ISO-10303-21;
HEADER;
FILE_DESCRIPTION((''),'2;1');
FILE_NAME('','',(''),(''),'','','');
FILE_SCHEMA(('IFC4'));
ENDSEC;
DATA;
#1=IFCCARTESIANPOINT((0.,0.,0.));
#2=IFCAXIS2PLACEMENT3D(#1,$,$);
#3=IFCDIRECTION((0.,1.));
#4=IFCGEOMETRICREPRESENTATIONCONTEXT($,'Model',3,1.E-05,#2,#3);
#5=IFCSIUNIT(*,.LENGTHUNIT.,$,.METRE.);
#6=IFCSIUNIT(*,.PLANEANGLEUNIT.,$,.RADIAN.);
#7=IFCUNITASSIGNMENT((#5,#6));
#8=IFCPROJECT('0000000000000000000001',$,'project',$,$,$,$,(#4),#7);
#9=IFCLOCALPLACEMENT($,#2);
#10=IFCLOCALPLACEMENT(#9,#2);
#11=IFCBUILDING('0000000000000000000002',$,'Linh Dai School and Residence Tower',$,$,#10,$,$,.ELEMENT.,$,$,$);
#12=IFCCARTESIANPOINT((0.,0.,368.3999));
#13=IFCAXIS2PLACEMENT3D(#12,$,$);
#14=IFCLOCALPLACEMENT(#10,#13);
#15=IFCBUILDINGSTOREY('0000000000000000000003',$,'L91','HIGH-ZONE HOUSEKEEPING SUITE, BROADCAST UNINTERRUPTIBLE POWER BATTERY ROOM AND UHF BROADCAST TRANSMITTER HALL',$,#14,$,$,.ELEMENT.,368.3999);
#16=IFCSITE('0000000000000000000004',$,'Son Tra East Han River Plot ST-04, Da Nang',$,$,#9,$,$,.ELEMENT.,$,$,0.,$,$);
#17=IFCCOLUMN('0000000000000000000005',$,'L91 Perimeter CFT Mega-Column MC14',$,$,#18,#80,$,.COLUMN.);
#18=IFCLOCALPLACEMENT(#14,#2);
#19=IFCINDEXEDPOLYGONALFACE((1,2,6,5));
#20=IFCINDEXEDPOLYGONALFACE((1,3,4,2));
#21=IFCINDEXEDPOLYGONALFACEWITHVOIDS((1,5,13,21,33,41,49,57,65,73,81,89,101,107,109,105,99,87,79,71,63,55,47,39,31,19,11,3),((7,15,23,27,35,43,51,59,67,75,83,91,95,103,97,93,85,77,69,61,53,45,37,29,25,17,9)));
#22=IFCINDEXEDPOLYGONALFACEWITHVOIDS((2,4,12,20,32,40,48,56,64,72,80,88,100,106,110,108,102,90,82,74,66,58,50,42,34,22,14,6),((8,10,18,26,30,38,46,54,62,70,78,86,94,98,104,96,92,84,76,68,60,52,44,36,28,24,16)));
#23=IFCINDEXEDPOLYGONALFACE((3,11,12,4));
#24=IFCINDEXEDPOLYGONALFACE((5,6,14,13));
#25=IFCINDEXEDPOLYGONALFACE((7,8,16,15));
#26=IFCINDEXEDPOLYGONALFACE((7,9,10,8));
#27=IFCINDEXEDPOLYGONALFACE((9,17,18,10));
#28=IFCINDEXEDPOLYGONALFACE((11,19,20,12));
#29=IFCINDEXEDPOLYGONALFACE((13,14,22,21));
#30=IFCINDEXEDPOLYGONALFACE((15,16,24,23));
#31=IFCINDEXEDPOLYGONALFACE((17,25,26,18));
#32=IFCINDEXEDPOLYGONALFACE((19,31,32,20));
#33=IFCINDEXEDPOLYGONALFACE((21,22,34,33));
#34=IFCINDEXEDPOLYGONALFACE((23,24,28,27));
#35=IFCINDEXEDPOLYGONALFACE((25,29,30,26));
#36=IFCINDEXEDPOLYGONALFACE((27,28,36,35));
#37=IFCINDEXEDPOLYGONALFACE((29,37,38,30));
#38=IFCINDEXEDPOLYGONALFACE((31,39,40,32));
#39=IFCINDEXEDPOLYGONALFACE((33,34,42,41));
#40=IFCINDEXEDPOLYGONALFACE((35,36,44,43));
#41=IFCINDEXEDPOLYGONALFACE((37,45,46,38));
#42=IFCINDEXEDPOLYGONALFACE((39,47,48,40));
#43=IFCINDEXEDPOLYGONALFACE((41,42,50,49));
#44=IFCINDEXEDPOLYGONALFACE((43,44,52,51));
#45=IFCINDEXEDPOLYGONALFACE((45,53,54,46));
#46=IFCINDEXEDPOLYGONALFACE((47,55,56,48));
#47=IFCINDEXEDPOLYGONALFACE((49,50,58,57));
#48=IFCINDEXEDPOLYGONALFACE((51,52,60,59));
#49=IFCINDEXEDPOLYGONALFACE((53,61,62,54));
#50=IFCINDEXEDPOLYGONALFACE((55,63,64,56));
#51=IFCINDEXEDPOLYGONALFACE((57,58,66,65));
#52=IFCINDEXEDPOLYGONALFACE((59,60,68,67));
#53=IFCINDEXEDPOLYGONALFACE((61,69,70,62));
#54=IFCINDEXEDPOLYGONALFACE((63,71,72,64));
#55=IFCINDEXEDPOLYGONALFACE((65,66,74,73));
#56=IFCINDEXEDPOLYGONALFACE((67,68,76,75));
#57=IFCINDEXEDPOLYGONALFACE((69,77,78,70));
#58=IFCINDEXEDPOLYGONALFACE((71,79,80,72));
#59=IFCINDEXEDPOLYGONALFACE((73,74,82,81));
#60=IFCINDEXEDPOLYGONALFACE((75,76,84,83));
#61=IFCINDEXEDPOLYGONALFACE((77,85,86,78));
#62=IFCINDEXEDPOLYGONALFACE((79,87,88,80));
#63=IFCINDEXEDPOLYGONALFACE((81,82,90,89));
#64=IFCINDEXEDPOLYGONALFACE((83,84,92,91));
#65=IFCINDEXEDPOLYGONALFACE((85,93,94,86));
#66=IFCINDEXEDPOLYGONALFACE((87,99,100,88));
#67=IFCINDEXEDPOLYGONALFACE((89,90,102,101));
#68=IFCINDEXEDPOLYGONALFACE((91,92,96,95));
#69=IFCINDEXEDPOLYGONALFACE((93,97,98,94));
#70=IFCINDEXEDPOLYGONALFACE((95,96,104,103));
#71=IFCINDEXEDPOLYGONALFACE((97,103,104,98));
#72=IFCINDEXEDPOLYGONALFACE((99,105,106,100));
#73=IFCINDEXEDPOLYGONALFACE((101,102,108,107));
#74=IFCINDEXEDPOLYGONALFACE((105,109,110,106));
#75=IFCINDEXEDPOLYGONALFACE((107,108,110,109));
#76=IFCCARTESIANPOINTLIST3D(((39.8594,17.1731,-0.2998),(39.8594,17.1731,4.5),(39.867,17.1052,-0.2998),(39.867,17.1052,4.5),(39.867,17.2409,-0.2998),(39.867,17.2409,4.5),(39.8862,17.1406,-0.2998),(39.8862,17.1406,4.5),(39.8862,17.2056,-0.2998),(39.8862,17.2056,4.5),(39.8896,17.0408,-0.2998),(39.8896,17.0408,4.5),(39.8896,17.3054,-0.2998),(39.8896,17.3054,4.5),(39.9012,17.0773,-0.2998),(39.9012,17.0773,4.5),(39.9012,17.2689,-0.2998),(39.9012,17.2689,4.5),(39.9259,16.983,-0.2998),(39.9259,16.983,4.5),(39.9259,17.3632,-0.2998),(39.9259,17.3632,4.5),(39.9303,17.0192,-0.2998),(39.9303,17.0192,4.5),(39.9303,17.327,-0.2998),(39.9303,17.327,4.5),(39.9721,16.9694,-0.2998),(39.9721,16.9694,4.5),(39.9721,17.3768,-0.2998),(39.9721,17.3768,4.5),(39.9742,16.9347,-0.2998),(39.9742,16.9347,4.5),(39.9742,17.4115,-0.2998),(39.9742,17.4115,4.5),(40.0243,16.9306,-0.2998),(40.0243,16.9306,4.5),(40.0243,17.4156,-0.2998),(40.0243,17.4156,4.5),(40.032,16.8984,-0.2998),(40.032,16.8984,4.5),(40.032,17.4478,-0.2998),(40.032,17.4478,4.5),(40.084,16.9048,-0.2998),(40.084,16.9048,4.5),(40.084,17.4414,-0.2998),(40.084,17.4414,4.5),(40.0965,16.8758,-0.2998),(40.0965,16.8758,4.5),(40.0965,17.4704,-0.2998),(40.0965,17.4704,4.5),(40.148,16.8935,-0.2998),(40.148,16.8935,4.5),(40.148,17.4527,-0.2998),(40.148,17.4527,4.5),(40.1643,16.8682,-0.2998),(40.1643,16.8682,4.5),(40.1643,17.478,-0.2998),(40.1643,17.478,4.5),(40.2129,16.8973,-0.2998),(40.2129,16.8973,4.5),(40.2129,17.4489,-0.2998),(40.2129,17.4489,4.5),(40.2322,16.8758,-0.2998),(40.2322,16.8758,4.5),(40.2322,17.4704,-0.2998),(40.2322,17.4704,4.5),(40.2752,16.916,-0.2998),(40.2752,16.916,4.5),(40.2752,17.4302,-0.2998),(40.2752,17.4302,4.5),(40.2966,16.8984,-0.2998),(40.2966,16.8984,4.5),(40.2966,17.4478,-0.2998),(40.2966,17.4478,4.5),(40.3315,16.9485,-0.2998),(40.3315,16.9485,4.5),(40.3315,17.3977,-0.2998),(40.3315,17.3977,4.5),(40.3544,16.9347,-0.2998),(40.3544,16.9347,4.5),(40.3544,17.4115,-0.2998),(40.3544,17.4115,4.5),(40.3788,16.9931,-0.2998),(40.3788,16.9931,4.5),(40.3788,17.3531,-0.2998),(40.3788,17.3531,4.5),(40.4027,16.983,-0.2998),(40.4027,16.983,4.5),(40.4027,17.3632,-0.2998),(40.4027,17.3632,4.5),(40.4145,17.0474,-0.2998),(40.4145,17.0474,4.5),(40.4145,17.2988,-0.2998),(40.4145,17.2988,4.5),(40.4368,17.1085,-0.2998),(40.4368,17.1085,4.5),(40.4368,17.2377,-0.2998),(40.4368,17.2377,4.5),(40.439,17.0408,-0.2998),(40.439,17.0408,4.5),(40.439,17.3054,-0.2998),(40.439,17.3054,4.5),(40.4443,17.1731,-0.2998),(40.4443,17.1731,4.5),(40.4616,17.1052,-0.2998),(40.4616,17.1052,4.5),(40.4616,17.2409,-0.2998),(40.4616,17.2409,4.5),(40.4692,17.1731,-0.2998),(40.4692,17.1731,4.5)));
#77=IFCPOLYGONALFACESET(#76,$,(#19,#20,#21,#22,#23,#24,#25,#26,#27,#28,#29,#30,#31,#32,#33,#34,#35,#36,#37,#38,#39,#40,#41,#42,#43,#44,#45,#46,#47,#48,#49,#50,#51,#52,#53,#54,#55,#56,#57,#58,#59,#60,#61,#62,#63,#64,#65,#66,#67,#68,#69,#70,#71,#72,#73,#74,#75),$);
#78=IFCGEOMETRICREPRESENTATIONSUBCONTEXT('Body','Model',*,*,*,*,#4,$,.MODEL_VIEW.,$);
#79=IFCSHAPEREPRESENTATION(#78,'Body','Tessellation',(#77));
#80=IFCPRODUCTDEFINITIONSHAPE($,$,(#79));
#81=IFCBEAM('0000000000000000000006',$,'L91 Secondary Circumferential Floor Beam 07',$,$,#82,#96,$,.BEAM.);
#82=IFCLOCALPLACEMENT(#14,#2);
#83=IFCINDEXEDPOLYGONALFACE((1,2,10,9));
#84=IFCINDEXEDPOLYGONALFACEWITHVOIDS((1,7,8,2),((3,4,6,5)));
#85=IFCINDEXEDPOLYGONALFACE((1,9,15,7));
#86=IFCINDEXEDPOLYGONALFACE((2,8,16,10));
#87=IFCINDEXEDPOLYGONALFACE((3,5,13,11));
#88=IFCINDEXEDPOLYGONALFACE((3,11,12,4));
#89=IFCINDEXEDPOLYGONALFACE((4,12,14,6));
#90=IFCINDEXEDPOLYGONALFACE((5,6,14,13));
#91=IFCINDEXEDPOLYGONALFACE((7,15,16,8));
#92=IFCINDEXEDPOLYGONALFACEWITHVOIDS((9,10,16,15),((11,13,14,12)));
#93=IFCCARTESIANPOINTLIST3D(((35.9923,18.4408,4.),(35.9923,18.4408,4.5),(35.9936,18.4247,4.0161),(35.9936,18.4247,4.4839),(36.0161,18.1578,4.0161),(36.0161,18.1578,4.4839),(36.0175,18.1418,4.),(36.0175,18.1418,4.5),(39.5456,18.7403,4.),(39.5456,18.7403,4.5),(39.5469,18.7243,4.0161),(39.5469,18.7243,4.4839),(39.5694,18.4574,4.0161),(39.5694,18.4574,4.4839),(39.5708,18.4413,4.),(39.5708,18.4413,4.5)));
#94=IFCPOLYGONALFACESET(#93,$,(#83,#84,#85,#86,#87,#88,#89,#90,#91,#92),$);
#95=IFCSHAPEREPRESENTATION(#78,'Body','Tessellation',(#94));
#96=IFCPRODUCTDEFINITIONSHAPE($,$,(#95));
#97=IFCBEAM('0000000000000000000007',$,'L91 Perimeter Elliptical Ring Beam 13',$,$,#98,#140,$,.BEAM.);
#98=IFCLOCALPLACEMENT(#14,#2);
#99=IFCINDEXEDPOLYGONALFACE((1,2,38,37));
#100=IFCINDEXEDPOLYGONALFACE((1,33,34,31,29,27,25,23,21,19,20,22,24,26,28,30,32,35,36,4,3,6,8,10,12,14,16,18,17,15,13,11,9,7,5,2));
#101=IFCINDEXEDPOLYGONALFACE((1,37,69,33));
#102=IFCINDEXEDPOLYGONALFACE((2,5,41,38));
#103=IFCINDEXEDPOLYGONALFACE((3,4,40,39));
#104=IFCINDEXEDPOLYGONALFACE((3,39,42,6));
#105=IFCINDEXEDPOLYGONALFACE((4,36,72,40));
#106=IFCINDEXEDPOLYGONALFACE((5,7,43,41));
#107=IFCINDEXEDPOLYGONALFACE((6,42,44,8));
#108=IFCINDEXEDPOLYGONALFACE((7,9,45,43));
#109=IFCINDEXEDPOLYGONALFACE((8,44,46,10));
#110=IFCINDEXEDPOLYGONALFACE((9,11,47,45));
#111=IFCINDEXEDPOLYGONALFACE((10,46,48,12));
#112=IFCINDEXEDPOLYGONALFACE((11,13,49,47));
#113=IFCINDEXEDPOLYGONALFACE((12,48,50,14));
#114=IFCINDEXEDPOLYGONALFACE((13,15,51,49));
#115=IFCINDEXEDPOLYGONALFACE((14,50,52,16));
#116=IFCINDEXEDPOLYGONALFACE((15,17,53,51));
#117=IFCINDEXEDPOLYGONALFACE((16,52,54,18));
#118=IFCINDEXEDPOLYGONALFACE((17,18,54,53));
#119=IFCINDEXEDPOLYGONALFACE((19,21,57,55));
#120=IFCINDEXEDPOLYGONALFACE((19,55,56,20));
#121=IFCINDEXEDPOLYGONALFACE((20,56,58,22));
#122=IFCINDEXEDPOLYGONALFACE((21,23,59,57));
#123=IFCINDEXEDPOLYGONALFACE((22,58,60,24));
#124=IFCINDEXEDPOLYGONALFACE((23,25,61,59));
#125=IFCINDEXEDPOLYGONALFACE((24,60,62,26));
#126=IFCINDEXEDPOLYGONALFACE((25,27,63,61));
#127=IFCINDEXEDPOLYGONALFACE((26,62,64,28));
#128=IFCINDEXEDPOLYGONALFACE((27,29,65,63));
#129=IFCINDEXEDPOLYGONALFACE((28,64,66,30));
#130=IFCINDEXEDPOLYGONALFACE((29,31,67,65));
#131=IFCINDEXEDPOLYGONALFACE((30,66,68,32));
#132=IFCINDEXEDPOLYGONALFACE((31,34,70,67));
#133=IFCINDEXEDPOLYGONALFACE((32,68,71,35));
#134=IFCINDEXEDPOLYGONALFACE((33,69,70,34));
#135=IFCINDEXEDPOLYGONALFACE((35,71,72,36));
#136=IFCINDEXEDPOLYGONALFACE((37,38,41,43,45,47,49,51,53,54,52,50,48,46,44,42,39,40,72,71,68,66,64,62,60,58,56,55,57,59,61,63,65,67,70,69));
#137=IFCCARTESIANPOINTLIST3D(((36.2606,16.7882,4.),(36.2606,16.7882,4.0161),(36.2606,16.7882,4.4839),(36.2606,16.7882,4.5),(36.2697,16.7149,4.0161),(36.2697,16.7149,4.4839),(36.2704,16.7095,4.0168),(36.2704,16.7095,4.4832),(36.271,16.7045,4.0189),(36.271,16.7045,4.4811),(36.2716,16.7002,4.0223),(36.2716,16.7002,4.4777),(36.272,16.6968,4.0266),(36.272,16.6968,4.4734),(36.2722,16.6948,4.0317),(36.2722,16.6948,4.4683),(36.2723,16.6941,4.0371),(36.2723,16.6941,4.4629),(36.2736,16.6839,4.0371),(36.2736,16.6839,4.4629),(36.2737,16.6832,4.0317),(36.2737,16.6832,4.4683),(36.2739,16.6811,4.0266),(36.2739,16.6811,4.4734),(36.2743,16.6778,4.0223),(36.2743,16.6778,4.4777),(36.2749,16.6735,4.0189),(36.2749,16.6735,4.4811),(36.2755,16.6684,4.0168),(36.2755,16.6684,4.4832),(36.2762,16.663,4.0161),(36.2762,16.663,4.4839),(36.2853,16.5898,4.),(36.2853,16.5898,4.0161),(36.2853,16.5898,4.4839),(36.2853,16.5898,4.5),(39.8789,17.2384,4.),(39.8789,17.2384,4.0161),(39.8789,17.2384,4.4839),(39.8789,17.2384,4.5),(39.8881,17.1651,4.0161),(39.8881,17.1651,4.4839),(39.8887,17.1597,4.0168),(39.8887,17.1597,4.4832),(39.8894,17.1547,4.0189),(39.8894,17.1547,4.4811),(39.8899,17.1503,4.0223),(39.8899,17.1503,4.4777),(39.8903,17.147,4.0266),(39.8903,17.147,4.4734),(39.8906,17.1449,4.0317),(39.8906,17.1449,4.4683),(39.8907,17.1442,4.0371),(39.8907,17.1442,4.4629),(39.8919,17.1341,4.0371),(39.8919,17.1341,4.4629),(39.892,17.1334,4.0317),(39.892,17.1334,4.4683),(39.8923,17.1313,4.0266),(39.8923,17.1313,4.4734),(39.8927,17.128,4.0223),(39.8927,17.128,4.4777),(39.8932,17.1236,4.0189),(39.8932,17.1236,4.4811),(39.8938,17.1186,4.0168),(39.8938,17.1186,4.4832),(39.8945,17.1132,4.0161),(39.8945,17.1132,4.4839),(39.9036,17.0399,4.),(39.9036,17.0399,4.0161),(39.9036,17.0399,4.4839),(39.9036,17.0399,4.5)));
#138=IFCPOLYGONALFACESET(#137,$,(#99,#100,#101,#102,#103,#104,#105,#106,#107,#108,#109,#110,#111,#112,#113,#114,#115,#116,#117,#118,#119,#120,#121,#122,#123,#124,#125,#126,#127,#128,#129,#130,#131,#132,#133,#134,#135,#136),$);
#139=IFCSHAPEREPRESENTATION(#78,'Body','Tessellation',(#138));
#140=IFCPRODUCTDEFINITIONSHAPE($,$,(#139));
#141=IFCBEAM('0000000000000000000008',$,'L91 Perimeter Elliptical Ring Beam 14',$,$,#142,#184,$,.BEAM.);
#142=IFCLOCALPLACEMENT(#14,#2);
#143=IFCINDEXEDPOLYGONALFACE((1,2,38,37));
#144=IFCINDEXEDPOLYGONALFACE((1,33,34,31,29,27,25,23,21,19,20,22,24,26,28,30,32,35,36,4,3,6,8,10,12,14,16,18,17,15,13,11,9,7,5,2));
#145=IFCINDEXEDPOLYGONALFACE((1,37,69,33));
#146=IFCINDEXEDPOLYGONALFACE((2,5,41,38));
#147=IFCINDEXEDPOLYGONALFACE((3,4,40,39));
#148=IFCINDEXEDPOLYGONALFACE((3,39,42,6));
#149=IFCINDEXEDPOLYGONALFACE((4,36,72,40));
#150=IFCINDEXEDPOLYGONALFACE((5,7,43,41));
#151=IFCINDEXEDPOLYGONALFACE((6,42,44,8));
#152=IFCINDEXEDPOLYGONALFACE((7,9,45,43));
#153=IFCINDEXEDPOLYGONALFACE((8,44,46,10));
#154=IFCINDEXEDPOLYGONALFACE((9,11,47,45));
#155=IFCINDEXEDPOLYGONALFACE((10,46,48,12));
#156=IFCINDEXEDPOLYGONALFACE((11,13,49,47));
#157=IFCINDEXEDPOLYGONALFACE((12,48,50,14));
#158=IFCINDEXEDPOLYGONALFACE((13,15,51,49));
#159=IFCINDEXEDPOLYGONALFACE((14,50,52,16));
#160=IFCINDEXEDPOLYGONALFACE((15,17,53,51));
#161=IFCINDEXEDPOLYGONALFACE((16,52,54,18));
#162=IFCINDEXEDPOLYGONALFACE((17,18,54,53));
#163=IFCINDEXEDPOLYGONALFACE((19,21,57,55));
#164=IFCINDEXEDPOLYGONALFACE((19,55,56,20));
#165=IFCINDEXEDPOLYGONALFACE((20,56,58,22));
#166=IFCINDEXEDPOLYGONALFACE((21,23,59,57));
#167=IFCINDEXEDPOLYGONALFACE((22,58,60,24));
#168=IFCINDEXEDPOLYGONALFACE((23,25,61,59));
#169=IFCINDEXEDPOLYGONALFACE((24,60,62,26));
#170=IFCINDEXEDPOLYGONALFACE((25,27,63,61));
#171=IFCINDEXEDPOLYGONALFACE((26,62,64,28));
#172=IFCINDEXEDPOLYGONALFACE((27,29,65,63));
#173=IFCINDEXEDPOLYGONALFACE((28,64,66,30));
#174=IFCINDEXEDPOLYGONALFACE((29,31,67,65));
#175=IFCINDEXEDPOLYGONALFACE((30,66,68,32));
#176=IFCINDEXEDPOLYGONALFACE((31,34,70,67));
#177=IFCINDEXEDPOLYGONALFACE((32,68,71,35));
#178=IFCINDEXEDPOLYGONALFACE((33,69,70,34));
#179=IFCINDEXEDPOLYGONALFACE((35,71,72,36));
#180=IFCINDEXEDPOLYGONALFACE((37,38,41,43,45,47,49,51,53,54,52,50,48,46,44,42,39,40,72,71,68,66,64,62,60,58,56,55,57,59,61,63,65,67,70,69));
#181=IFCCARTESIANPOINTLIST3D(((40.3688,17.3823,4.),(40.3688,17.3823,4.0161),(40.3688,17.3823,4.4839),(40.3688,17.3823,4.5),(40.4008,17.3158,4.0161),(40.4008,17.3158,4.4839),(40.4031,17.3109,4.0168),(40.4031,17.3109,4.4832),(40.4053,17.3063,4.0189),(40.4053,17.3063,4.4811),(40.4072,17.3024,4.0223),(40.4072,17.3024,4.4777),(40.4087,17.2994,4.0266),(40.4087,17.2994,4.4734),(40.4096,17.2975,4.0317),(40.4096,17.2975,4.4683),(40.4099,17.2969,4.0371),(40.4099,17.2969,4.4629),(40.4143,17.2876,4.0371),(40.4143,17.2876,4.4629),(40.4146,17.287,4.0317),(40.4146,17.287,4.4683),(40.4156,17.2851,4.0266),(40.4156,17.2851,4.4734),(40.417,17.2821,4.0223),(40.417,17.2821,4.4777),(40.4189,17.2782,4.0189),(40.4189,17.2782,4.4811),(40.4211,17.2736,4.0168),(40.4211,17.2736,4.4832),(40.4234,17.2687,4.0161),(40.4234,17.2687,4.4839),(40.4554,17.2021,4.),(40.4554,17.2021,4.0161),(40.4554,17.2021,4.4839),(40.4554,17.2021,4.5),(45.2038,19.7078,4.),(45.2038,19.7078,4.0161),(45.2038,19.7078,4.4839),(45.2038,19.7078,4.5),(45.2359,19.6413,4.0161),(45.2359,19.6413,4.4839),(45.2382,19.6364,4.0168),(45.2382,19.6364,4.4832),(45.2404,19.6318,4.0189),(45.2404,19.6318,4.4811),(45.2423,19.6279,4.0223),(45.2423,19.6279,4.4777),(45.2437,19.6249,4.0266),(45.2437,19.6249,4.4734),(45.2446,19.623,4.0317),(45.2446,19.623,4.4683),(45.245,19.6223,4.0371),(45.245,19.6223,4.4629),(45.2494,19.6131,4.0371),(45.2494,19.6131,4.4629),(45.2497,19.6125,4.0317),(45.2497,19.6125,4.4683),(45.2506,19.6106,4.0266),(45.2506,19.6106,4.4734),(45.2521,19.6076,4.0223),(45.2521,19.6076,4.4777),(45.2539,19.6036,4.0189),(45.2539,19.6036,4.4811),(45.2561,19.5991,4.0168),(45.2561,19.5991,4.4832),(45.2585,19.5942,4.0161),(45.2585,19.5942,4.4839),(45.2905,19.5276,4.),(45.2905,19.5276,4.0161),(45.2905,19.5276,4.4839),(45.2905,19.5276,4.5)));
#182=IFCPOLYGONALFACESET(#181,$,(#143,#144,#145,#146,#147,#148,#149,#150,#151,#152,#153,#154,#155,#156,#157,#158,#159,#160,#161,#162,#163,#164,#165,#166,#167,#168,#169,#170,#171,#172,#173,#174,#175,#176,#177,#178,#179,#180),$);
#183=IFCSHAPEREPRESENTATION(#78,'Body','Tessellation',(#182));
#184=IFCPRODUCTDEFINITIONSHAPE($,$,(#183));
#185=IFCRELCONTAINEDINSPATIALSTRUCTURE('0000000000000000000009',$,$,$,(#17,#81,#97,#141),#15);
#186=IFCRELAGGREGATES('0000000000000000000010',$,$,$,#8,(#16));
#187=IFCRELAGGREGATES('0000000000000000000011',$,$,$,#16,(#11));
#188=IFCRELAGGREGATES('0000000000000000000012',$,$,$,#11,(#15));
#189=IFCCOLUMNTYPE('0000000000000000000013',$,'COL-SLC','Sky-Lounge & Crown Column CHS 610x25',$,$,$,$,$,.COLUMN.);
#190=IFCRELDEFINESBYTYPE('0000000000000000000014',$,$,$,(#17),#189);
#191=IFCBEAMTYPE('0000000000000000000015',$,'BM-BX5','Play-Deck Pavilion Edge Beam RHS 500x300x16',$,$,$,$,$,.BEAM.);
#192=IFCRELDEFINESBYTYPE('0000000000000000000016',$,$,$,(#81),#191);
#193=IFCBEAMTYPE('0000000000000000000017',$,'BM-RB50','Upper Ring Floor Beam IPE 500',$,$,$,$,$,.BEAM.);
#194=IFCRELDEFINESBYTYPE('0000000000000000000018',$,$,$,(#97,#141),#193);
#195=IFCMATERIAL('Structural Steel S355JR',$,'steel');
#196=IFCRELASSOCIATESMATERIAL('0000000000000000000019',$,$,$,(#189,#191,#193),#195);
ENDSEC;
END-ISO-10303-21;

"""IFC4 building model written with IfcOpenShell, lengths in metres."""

from ifc_helpers import new_model, si_unit, direction, frame, origin, origin_2d, place, context, subcontext, project, spatial, hollow_rectangle, hollow_circle, i_section, extrude, material, material_profile, profile_set, type_object, element, save


model = new_model("IFC4")

# Units and contexts
model_context = context("Model", 3, precision=1e-05, world=origin(), true_north=direction((0.0, 1.0)))
body_context = subcontext(model_context, "Body", "Model", "MODEL_VIEW")
ifc_project = project(units=[si_unit("LENGTHUNIT", "METRE"), si_unit("PLANEANGLEUNIT", "RADIAN")], contexts=[model_context])

# Site, building, storey
site_placement = place(None, origin())
site = spatial("IfcSite", under=ifc_project, at=site_placement, Name="Son Tra East Han River Plot ST-04, Da Nang", CompositionType="ELEMENT", RefElevation=0.0)
building_placement = place(site_placement, origin())
building = spatial("IfcBuilding", under=site, at=building_placement, Name="Linh Dai School and Residence Tower", CompositionType="ELEMENT")
storey_placement = place(building_placement, frame((0.0, 0.0, 368.3999)))
storey = spatial("IfcBuildingStorey", under=building, at=storey_placement, Name="L91", Description="HIGH-ZONE HOUSEKEEPING SUITE, BROADCAST UNINTERRUPTIBLE POWER BATTERY ROOM AND UHF BROADCAST TRANSMITTER HALL", CompositionType="ELEMENT", Elevation=368.3999)

# Column
ifc_material_1 = material(Name="Structural Steel S355JR", Category="steel")
ifc_material_profile_1 = material_profile(ifc_material_1, hollow_circle(Radius=0.3049, WallThickness=0.0249, at=origin_2d()), Name="CHS 610x25")
ifc_profile_set_1 = profile_set([ifc_material_profile_1], Name="Structural Steel S355JR")
column_type_1 = type_object("IfcColumnType", Name="COL-SLC", Description="Sky-Lounge & Crown Column CHS 610x25", PredefinedType="COLUMN", material=ifc_profile_set_1)
for number, where, z_axis, x_axis, name in (
    (1, (40.1643, 17.1731, -0.2998), (0.0, 0.0, 1.0), (1.0, 0.0, 0.0), "L91 Perimeter CFT Mega-Column MC14"),
):
    element("IfcColumn", number, at=place(storey_placement, frame(where, z_axis=z_axis, x_axis=x_axis)), inside=storey, type_object=column_type_1, Name=name, PredefinedType="COLUMN", context=body_context, shape_type="SweptSolid", body=[
        extrude(hollow_circle(Radius=0.3049, WallThickness=0.0249, at=origin_2d()), origin(), (0.0, 0.0, 1.0), 4.7998),
    ])

# Beams
ifc_material_profile_2 = material_profile(ifc_material_1, hollow_rectangle(XDim=0.3, YDim=0.5, WallThickness=0.0161, at=origin_2d()), Name="RHS 500x300x16")
ifc_profile_set_2 = profile_set([ifc_material_profile_2], Name="Structural Steel S355JR")
beam_type_1 = type_object("IfcBeamType", Name="BM-BX5", Description="Play-Deck Pavilion Edge Beam RHS 500x300x16", PredefinedType="BEAM", material=ifc_profile_set_2)
beam_1_placement = place(storey_placement, frame((36.0049, 18.2913, 4.25), z_axis=(0.996465, 0.084009, 0.0), x_axis=(-0.084009, 0.996465, 0.0)))
element("IfcBeam", 2, at=beam_1_placement, inside=storey, type_object=beam_type_1, Name="L91 Secondary Circumferential Floor Beam 07", PredefinedType="BEAM", context=body_context, shape_type="SweptSolid", body=[
    extrude(hollow_rectangle(XDim=0.3, YDim=0.5, WallThickness=0.0161, at=origin_2d()), origin(), (0.0, 0.0, 1.0), 3.5659),
])
ifc_material_profile_3 = material_profile(ifc_material_1, i_section(OverallWidth=0.2, OverallDepth=0.5, WebThickness=0.0103, FlangeThickness=0.0161, FilletRadius=0.021, at=origin_2d()), Name="IPE 500")
ifc_profile_set_3 = profile_set([ifc_material_profile_3], Name="Structural Steel S355JR")
beam_type_2 = type_object("IfcBeamType", Name="BM-RB50", Description="Upper Ring Floor Beam IPE 500", PredefinedType="BEAM", material=ifc_profile_set_3)
beam_2_placement = place(storey_placement, frame((36.2729, 16.689, 4.25), z_axis=(0.992349, 0.123466, 0.0), x_axis=(-0.123466, 0.992349, 0.0)))
element("IfcBeam", 3, at=beam_2_placement, inside=storey, type_object=beam_type_2, Name="L91 Perimeter Elliptical Ring Beam 13", PredefinedType="BEAM", context=body_context, shape_type="SweptSolid", body=[
    extrude(i_section(OverallWidth=0.2, OverallDepth=0.5, WebThickness=0.0103, FlangeThickness=0.0161, FilletRadius=0.021, at=origin_2d()), origin(), (0.0, 0.0, 1.0), 3.6462),
])
beam_3_placement = place(storey_placement, frame((40.4121, 17.2922, 4.25), z_axis=(0.901184, 0.433437, 0.0), x_axis=(-0.433437, 0.901184, 0.0)))
element("IfcBeam", 4, at=beam_3_placement, inside=storey, type_object=beam_type_2, Name="L91 Perimeter Elliptical Ring Beam 14", PredefinedType="BEAM", context=body_context, shape_type="SweptSolid", body=[
    extrude(i_section(OverallWidth=0.2, OverallDepth=0.5, WebThickness=0.0103, FlangeThickness=0.0161, FilletRadius=0.021, at=origin_2d()), origin(), (0.0, 0.0, 1.0), 5.3652),
])

save(model, "model.ifc")
